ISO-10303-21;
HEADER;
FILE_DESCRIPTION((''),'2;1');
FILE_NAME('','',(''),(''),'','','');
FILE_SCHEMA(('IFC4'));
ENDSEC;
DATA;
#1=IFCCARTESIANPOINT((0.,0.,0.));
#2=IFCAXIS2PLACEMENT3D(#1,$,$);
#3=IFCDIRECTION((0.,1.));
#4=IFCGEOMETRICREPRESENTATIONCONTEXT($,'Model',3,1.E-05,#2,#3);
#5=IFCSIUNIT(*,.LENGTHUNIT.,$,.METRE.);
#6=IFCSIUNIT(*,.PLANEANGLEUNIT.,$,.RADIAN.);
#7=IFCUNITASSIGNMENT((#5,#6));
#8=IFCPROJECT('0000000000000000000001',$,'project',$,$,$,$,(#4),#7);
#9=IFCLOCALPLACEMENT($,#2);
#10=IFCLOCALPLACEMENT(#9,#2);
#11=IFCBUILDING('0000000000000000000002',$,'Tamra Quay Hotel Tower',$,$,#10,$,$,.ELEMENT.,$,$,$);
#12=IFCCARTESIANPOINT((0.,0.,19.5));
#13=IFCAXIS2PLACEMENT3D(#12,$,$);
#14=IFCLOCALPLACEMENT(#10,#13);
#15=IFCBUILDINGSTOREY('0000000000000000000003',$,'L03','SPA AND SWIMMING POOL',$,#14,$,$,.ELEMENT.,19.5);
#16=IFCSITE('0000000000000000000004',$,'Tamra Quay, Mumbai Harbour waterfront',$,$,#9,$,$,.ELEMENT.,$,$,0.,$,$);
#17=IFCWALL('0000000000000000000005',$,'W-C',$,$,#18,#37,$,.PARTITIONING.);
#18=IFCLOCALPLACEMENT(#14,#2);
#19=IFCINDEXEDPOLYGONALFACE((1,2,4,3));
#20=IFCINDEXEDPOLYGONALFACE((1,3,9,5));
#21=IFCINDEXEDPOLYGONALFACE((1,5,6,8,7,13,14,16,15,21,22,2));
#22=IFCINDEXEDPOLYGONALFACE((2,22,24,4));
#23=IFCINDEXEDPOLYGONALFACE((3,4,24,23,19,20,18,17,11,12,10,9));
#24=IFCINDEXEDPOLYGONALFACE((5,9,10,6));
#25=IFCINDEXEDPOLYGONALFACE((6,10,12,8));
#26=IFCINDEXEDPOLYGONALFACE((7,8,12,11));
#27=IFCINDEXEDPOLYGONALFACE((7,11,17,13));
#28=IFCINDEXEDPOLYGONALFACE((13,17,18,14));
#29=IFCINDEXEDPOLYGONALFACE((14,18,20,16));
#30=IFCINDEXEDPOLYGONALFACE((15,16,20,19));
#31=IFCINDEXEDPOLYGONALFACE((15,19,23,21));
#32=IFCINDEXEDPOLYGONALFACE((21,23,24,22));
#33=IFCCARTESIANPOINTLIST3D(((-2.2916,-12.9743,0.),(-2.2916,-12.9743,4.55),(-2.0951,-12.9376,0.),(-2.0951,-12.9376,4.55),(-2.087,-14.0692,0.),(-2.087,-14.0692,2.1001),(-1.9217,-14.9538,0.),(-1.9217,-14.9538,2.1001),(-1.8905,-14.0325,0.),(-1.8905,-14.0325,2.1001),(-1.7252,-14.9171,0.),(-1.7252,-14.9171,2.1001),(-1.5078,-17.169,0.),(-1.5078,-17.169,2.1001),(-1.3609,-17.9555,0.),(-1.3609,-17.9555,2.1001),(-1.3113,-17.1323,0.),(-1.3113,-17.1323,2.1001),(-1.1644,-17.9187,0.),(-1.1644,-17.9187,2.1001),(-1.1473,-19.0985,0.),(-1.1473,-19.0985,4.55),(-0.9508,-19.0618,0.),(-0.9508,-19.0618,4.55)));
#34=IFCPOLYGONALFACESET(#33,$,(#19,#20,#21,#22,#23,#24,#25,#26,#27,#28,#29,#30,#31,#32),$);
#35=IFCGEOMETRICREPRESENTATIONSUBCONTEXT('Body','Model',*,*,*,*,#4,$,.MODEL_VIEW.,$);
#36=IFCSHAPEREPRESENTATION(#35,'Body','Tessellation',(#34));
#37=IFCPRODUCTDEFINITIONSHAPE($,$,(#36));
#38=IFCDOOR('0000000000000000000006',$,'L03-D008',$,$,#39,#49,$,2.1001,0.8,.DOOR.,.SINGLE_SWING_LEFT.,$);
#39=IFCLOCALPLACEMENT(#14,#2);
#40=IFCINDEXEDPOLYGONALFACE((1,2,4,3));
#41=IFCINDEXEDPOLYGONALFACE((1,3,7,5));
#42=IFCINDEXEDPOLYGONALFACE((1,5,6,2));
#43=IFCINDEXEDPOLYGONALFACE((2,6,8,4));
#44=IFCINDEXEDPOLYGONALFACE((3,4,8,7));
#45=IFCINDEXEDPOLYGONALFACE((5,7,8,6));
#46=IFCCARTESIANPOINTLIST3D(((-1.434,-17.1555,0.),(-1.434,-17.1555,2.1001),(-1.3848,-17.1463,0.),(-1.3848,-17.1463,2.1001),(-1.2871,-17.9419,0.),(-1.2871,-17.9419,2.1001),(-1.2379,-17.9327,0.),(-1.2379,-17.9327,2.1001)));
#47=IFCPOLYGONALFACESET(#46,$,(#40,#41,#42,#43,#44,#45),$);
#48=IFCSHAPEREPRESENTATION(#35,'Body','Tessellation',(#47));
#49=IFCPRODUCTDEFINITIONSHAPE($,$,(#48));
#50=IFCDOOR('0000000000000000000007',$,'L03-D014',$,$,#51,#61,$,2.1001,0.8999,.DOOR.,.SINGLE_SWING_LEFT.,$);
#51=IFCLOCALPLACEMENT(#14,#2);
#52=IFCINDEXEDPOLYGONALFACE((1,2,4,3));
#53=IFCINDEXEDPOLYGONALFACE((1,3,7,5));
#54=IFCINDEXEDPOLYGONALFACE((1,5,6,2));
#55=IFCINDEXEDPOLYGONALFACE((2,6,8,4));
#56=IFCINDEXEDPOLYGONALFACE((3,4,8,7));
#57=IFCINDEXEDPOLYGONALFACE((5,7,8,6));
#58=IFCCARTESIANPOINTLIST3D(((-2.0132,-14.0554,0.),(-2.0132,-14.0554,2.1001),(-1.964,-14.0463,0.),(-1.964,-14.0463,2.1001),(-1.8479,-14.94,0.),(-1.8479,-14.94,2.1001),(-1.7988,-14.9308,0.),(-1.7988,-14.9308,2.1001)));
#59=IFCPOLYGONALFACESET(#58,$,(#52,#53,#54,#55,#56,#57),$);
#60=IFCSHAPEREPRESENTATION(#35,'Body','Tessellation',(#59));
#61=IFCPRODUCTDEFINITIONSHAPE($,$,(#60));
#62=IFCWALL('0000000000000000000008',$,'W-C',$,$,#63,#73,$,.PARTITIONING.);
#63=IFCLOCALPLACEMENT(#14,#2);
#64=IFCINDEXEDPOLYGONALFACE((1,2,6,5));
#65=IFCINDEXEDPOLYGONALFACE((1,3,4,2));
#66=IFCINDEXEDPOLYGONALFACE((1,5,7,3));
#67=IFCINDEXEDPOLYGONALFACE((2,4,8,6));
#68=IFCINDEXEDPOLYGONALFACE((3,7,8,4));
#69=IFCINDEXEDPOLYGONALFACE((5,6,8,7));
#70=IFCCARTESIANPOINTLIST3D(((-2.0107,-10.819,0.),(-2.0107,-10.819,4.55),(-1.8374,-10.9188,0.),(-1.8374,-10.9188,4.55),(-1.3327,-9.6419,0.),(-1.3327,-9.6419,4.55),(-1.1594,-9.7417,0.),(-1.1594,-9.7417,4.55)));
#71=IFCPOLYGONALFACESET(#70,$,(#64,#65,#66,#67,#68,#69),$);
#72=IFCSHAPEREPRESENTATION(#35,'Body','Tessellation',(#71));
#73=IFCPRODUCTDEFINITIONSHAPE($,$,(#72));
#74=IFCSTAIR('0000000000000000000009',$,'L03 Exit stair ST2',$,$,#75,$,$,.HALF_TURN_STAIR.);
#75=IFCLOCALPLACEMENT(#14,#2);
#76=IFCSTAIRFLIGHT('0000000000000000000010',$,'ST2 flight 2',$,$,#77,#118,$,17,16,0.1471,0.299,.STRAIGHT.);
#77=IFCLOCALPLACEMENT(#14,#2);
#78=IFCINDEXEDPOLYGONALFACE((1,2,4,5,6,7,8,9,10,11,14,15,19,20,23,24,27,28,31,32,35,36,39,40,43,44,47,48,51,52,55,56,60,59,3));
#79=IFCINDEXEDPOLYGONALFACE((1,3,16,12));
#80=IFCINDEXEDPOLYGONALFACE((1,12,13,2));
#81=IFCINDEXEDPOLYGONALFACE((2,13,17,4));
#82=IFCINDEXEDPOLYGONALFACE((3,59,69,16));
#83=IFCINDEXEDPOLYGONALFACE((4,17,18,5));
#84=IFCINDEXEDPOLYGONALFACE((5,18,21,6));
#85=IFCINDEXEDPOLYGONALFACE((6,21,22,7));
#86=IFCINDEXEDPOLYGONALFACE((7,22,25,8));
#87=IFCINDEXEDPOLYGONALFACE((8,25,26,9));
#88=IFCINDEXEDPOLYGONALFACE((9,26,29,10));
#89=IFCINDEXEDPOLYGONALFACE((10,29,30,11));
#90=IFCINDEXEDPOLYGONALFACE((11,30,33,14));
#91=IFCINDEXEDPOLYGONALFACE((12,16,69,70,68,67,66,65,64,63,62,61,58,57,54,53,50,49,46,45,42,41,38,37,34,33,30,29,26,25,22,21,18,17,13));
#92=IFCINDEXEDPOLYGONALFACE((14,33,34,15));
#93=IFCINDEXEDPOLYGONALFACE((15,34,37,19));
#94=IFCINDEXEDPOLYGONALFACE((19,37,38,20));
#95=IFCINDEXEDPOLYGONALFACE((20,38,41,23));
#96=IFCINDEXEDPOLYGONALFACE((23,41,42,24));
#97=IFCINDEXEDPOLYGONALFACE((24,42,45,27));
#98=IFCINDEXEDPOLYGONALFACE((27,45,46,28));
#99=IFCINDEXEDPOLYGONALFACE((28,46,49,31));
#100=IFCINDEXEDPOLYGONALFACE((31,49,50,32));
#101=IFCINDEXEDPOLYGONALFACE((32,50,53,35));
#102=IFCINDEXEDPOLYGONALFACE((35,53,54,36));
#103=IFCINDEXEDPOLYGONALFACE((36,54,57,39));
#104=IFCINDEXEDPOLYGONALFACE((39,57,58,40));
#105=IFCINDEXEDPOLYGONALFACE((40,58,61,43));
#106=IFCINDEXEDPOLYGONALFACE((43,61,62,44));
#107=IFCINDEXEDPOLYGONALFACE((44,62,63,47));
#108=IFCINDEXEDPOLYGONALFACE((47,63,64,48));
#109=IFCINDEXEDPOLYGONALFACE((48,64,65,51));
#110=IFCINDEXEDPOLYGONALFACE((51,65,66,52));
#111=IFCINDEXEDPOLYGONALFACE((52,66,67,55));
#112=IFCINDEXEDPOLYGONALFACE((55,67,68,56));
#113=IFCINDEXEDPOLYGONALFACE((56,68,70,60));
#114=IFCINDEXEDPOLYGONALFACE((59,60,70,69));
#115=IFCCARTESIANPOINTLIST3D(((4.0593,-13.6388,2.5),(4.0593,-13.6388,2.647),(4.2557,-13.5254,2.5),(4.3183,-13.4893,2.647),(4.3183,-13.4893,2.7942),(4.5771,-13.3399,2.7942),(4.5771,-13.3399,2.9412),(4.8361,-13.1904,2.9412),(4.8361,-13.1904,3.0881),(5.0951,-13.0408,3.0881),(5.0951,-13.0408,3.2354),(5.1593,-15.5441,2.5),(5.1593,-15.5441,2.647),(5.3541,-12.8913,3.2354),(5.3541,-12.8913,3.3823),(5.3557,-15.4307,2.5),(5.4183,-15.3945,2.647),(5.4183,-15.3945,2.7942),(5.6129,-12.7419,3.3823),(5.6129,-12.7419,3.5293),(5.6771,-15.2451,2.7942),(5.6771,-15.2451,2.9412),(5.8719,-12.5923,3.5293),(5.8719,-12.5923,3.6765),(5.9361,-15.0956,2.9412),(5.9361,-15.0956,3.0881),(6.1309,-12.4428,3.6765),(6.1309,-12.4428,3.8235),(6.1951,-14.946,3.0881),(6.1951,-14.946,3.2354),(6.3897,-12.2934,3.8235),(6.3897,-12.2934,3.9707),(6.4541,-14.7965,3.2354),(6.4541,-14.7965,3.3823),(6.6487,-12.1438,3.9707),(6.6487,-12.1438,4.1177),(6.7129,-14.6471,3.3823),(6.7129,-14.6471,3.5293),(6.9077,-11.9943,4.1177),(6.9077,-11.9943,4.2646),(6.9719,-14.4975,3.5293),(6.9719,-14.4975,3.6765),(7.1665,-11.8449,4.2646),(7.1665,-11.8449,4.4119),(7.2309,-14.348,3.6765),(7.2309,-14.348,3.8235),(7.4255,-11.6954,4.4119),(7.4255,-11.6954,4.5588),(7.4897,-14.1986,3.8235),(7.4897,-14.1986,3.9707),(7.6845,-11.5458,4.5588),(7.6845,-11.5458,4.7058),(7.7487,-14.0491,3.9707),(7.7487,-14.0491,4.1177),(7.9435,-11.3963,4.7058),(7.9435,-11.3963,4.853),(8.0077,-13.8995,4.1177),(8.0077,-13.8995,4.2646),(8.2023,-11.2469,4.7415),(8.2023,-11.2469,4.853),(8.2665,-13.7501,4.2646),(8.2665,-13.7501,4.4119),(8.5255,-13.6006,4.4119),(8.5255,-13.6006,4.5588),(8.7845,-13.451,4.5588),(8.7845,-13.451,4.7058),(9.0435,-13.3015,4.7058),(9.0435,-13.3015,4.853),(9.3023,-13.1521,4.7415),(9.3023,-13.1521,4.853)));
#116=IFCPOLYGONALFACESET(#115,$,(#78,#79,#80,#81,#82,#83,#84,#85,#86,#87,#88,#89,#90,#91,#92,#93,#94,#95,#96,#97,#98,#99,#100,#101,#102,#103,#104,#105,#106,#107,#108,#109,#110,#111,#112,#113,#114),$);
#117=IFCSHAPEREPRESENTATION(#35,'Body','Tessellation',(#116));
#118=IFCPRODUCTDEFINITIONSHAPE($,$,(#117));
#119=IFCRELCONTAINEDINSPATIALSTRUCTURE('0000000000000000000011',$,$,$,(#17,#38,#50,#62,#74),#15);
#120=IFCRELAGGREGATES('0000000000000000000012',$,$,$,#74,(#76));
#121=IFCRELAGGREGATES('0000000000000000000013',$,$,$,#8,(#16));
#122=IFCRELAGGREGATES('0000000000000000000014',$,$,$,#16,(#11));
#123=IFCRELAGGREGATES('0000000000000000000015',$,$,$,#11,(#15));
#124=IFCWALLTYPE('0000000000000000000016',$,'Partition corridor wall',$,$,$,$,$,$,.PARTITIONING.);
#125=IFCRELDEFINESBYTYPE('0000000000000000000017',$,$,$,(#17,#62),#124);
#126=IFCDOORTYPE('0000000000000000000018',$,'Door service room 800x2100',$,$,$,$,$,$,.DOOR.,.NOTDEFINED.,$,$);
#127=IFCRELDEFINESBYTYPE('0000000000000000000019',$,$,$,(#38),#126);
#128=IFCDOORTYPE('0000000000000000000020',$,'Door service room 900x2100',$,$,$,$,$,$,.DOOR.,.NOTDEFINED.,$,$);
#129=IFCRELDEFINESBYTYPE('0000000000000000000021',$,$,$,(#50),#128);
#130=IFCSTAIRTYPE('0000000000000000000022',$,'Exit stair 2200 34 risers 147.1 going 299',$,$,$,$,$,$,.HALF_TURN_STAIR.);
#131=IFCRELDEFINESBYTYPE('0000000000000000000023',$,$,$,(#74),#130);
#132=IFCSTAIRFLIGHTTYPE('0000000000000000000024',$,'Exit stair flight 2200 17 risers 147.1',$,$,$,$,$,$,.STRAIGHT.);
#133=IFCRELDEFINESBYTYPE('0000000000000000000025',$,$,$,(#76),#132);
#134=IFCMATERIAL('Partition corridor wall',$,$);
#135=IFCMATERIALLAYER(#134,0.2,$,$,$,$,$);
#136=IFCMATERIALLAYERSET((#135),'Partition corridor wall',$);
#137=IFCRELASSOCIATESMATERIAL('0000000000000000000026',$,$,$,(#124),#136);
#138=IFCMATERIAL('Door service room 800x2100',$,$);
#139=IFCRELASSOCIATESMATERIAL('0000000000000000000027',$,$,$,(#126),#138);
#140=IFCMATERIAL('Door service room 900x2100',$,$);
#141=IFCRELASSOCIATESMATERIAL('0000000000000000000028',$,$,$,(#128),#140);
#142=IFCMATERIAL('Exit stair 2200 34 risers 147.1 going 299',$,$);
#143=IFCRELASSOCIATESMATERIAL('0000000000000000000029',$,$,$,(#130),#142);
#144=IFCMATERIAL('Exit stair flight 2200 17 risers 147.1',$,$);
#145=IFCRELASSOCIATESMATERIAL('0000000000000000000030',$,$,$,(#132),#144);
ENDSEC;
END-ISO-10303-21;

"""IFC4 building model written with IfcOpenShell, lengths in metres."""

from ifc_helpers import new_model, si_unit, direction, frame, frame_2d, origin, place, context, subcontext, project, spatial, polyline, rectangle, outline, extrude, material, layer, layer_set, type_object, element, fill, aggregate, save


model = new_model("IFC4")

# Units and contexts
model_context = context("Model", 3, precision=1e-05, world=origin(), true_north=direction((0.0, 1.0)))
body_context = subcontext(model_context, "Body", "Model", "MODEL_VIEW")
ifc_project = project(units=[si_unit("LENGTHUNIT", "METRE"), si_unit("PLANEANGLEUNIT", "RADIAN")], contexts=[model_context])

# Site, building, storey
site_placement = place(None, origin())
site = spatial("IfcSite", under=ifc_project, at=site_placement, Name="Tamra Quay, Mumbai Harbour waterfront", CompositionType="ELEMENT", RefElevation=0.0)
building_placement = place(site_placement, origin())
building = spatial("IfcBuilding", under=site, at=building_placement, Name="Tamra Quay Hotel Tower", CompositionType="ELEMENT")
storey_placement = place(building_placement, frame((0.0, 0.0, 19.5)))
storey = spatial("IfcBuildingStorey", under=building, at=storey_placement, Name="L03", Description="SPA AND SWIMMING POOL", CompositionType="ELEMENT", Elevation=19.5)

# Wall, openings, doors
ifc_material_1 = material(Name="Partition corridor wall")
ifc_layer_1 = layer(ifc_material_1, 0.2)
ifc_layer_set_1 = layer_set([ifc_layer_1], Name="Partition corridor wall")
wall_type_1 = type_object("IfcWallType", Name="Partition corridor wall", PredefinedType="PARTITIONING", material=ifc_layer_set_1)
wall_1_placement = place(storey_placement, frame((-2.1934, -12.9558, 0.0), z_axis=(0.0, 0.0, 1.0), x_axis=(0.183666, -0.982989, 0.0)))
wall_1 = element("IfcWall", 1, at=wall_1_placement, inside=storey, type_object=wall_type_1, Name="W-C", PredefinedType="PARTITIONING", context=body_context, shape_type="SweptSolid", body=[
    extrude(rectangle(XDim=6.2302, YDim=0.2, at=frame_2d((3.1152, 0.0))), origin(), (0.0, 0.0, 1.0), 4.55),
])
opening_1_placement = place(wall_1_placement, frame((4.2676, 0.0, 0.0)))
opening_1 = element("IfcOpeningElement", 2, at=opening_1_placement, cuts=wall_1, PredefinedType="OPENING", context=body_context, shape_type="SweptSolid", body=[
    extrude(rectangle(XDim=0.8, YDim=2.1001, at=frame_2d((0.3999, 1.05))), frame((0.0, 0.1099, 0.0), z_axis=(0.0, -1.0, 0.0), x_axis=(1.0, 0.0, 0.0)), (0.0, 0.0, 1.0), 0.22),
])
opening_2_placement = place(wall_1_placement, frame((1.114, 0.0, 0.0)))
opening_2 = element("IfcOpeningElement", 3, at=opening_2_placement, cuts=wall_1, PredefinedType="OPENING", context=body_context, shape_type="SweptSolid", body=[
    extrude(rectangle(XDim=0.8999, YDim=2.1001, at=frame_2d((0.45, 1.05))), frame((0.0, 0.1099, 0.0), z_axis=(0.0, -1.0, 0.0), x_axis=(1.0, 0.0, 0.0)), (0.0, 0.0, 1.0), 0.22),
])
ifc_material_2 = material(Name="Door service room 800x2100")
door_type_1 = type_object("IfcDoorType", Name="Door service room 800x2100", OperationType="NOTDEFINED", PredefinedType="DOOR", material=ifc_material_2)
door_1_placement = place(opening_1_placement, frame((0.8, 0.0, 0.0), z_axis=(0.0, 0.0, 1.0), x_axis=(-1.0, 0.0, 0.0)))
door_1 = element("IfcDoor", 4, at=door_1_placement, inside=storey, type_object=door_type_1, Name="L03-D008", OperationType="SINGLE_SWING_LEFT", OverallHeight=2.1001, OverallWidth=0.8, PredefinedType="DOOR", context=body_context, shape_type="SweptSolid", body=[
    extrude(rectangle(XDim=0.8, YDim=2.1001, at=frame_2d((0.3999, 1.05))), frame((0.0, 0.0249, 0.0), z_axis=(0.0, -1.0, 0.0), x_axis=(1.0, 0.0, 0.0)), (0.0, 0.0, 1.0), 0.05),
])
fill(opening_1, door_1)
ifc_material_3 = material(Name="Door service room 900x2100")
door_type_2 = type_object("IfcDoorType", Name="Door service room 900x2100", OperationType="NOTDEFINED", PredefinedType="DOOR", material=ifc_material_3)
door_2_placement = place(opening_2_placement, frame((0.8999, 0.0, 0.0), z_axis=(0.0, 0.0, 1.0), x_axis=(-1.0, 0.0, 0.0)))
door_2 = element("IfcDoor", 5, at=door_2_placement, inside=storey, type_object=door_type_2, Name="L03-D014", OperationType="SINGLE_SWING_LEFT", OverallHeight=2.1001, OverallWidth=0.8999, PredefinedType="DOOR", context=body_context, shape_type="SweptSolid", body=[
    extrude(rectangle(XDim=0.8999, YDim=2.1001, at=frame_2d((0.45, 1.05))), frame((0.0, 0.0249, 0.0), z_axis=(0.0, -1.0, 0.0), x_axis=(1.0, 0.0, 0.0)), (0.0, 0.0, 1.0), 0.05),
])
fill(opening_2, door_2)

# Wall
wall_2_placement = place(storey_placement, frame((-1.9241, -10.8689, 0.0), z_axis=(0.0, 0.0, 1.0), x_axis=(0.499136, 0.866524, 0.0)))
element("IfcWall", 6, at=wall_2_placement, inside=storey, type_object=wall_type_1, Name="W-C", PredefinedType="PARTITIONING", context=body_context, shape_type="SweptSolid", body=[
    extrude(rectangle(XDim=1.3584, YDim=0.2, at=frame_2d((0.6792, 0.0))), origin(), (0.0, 0.0, 1.0), 4.55),
])

# Stair, stair flight
ifc_material_4 = material(Name="Exit stair 2200 34 risers 147.1 going 299")
stair_type = type_object("IfcStairType", Name="Exit stair 2200 34 risers 147.1 going 299", PredefinedType="HALF_TURN_STAIR", material=ifc_material_4)
stair_placement = place(storey_placement, origin())
stair = element("IfcStair", 7, at=stair_placement, inside=storey, type_object=stair_type, Name="L03 Exit stair ST2", PredefinedType="HALF_TURN_STAIR")
ifc_material_5 = material(Name="Exit stair flight 2200 17 risers 147.1")
stair_flight_type = type_object("IfcStairFlightType", Name="Exit stair flight 2200 17 risers 147.1", PredefinedType="STRAIGHT", material=ifc_material_5)
stair_flight_placement = place(storey_placement, frame((4.6094, -14.5916, 2.5), z_axis=(0.0, 0.0, 1.0), x_axis=(0.866025, 0.5, 0.0)))
stair_flight = element("IfcStairFlight", 8, at=stair_flight_placement, type_object=stair_flight_type, Name="ST2 flight 2", NumberOfRisers=17, NumberOfTreads=16, PredefinedType="STRAIGHT", RiserHeight=0.1471, TreadLength=0.299, context=body_context, shape_type="SweptSolid", body=[
    extrude(outline(polyline([(0.0, 0.0), (0.0, 0.147), (0.2991, 0.147), (0.2991, 0.2942), (0.5979, 0.2942), (0.5979, 0.4412), (0.897, 0.4412), (0.897, 0.5881), (1.196, 0.5881), (1.196, 0.7354), (1.4951, 0.7354), (1.4951, 0.8823), (1.7939, 0.8823), (1.7939, 1.0293), (2.093, 1.0293), (2.093, 1.1765), (2.3921, 1.1765), (2.3921, 1.3235), (2.6909, 1.3235), (2.6909, 1.4707), (2.99, 1.4707), (2.99, 1.6177), (3.2891, 1.6177), (3.2891, 1.7646), (3.5879, 1.7646), (3.5879, 1.9119), (3.887, 1.9119), (3.887, 2.0588), (4.186, 2.0588), (4.186, 2.2058), (4.4851, 2.2058), (4.4851, 2.353), (4.7839, 2.353), (4.7839, 2.5), (4.7839, 2.2415), (0.2268, 0.0), (0.0, 0.0)])), frame((0.0, 1.1001, 0.0), z_axis=(0.0, -1.0, 0.0), x_axis=(1.0, 0.0, 0.0)), (0.0, 0.0, 1.0), 2.2),
])
aggregate(stair, [stair_flight])

save(model, "model.ifc")
